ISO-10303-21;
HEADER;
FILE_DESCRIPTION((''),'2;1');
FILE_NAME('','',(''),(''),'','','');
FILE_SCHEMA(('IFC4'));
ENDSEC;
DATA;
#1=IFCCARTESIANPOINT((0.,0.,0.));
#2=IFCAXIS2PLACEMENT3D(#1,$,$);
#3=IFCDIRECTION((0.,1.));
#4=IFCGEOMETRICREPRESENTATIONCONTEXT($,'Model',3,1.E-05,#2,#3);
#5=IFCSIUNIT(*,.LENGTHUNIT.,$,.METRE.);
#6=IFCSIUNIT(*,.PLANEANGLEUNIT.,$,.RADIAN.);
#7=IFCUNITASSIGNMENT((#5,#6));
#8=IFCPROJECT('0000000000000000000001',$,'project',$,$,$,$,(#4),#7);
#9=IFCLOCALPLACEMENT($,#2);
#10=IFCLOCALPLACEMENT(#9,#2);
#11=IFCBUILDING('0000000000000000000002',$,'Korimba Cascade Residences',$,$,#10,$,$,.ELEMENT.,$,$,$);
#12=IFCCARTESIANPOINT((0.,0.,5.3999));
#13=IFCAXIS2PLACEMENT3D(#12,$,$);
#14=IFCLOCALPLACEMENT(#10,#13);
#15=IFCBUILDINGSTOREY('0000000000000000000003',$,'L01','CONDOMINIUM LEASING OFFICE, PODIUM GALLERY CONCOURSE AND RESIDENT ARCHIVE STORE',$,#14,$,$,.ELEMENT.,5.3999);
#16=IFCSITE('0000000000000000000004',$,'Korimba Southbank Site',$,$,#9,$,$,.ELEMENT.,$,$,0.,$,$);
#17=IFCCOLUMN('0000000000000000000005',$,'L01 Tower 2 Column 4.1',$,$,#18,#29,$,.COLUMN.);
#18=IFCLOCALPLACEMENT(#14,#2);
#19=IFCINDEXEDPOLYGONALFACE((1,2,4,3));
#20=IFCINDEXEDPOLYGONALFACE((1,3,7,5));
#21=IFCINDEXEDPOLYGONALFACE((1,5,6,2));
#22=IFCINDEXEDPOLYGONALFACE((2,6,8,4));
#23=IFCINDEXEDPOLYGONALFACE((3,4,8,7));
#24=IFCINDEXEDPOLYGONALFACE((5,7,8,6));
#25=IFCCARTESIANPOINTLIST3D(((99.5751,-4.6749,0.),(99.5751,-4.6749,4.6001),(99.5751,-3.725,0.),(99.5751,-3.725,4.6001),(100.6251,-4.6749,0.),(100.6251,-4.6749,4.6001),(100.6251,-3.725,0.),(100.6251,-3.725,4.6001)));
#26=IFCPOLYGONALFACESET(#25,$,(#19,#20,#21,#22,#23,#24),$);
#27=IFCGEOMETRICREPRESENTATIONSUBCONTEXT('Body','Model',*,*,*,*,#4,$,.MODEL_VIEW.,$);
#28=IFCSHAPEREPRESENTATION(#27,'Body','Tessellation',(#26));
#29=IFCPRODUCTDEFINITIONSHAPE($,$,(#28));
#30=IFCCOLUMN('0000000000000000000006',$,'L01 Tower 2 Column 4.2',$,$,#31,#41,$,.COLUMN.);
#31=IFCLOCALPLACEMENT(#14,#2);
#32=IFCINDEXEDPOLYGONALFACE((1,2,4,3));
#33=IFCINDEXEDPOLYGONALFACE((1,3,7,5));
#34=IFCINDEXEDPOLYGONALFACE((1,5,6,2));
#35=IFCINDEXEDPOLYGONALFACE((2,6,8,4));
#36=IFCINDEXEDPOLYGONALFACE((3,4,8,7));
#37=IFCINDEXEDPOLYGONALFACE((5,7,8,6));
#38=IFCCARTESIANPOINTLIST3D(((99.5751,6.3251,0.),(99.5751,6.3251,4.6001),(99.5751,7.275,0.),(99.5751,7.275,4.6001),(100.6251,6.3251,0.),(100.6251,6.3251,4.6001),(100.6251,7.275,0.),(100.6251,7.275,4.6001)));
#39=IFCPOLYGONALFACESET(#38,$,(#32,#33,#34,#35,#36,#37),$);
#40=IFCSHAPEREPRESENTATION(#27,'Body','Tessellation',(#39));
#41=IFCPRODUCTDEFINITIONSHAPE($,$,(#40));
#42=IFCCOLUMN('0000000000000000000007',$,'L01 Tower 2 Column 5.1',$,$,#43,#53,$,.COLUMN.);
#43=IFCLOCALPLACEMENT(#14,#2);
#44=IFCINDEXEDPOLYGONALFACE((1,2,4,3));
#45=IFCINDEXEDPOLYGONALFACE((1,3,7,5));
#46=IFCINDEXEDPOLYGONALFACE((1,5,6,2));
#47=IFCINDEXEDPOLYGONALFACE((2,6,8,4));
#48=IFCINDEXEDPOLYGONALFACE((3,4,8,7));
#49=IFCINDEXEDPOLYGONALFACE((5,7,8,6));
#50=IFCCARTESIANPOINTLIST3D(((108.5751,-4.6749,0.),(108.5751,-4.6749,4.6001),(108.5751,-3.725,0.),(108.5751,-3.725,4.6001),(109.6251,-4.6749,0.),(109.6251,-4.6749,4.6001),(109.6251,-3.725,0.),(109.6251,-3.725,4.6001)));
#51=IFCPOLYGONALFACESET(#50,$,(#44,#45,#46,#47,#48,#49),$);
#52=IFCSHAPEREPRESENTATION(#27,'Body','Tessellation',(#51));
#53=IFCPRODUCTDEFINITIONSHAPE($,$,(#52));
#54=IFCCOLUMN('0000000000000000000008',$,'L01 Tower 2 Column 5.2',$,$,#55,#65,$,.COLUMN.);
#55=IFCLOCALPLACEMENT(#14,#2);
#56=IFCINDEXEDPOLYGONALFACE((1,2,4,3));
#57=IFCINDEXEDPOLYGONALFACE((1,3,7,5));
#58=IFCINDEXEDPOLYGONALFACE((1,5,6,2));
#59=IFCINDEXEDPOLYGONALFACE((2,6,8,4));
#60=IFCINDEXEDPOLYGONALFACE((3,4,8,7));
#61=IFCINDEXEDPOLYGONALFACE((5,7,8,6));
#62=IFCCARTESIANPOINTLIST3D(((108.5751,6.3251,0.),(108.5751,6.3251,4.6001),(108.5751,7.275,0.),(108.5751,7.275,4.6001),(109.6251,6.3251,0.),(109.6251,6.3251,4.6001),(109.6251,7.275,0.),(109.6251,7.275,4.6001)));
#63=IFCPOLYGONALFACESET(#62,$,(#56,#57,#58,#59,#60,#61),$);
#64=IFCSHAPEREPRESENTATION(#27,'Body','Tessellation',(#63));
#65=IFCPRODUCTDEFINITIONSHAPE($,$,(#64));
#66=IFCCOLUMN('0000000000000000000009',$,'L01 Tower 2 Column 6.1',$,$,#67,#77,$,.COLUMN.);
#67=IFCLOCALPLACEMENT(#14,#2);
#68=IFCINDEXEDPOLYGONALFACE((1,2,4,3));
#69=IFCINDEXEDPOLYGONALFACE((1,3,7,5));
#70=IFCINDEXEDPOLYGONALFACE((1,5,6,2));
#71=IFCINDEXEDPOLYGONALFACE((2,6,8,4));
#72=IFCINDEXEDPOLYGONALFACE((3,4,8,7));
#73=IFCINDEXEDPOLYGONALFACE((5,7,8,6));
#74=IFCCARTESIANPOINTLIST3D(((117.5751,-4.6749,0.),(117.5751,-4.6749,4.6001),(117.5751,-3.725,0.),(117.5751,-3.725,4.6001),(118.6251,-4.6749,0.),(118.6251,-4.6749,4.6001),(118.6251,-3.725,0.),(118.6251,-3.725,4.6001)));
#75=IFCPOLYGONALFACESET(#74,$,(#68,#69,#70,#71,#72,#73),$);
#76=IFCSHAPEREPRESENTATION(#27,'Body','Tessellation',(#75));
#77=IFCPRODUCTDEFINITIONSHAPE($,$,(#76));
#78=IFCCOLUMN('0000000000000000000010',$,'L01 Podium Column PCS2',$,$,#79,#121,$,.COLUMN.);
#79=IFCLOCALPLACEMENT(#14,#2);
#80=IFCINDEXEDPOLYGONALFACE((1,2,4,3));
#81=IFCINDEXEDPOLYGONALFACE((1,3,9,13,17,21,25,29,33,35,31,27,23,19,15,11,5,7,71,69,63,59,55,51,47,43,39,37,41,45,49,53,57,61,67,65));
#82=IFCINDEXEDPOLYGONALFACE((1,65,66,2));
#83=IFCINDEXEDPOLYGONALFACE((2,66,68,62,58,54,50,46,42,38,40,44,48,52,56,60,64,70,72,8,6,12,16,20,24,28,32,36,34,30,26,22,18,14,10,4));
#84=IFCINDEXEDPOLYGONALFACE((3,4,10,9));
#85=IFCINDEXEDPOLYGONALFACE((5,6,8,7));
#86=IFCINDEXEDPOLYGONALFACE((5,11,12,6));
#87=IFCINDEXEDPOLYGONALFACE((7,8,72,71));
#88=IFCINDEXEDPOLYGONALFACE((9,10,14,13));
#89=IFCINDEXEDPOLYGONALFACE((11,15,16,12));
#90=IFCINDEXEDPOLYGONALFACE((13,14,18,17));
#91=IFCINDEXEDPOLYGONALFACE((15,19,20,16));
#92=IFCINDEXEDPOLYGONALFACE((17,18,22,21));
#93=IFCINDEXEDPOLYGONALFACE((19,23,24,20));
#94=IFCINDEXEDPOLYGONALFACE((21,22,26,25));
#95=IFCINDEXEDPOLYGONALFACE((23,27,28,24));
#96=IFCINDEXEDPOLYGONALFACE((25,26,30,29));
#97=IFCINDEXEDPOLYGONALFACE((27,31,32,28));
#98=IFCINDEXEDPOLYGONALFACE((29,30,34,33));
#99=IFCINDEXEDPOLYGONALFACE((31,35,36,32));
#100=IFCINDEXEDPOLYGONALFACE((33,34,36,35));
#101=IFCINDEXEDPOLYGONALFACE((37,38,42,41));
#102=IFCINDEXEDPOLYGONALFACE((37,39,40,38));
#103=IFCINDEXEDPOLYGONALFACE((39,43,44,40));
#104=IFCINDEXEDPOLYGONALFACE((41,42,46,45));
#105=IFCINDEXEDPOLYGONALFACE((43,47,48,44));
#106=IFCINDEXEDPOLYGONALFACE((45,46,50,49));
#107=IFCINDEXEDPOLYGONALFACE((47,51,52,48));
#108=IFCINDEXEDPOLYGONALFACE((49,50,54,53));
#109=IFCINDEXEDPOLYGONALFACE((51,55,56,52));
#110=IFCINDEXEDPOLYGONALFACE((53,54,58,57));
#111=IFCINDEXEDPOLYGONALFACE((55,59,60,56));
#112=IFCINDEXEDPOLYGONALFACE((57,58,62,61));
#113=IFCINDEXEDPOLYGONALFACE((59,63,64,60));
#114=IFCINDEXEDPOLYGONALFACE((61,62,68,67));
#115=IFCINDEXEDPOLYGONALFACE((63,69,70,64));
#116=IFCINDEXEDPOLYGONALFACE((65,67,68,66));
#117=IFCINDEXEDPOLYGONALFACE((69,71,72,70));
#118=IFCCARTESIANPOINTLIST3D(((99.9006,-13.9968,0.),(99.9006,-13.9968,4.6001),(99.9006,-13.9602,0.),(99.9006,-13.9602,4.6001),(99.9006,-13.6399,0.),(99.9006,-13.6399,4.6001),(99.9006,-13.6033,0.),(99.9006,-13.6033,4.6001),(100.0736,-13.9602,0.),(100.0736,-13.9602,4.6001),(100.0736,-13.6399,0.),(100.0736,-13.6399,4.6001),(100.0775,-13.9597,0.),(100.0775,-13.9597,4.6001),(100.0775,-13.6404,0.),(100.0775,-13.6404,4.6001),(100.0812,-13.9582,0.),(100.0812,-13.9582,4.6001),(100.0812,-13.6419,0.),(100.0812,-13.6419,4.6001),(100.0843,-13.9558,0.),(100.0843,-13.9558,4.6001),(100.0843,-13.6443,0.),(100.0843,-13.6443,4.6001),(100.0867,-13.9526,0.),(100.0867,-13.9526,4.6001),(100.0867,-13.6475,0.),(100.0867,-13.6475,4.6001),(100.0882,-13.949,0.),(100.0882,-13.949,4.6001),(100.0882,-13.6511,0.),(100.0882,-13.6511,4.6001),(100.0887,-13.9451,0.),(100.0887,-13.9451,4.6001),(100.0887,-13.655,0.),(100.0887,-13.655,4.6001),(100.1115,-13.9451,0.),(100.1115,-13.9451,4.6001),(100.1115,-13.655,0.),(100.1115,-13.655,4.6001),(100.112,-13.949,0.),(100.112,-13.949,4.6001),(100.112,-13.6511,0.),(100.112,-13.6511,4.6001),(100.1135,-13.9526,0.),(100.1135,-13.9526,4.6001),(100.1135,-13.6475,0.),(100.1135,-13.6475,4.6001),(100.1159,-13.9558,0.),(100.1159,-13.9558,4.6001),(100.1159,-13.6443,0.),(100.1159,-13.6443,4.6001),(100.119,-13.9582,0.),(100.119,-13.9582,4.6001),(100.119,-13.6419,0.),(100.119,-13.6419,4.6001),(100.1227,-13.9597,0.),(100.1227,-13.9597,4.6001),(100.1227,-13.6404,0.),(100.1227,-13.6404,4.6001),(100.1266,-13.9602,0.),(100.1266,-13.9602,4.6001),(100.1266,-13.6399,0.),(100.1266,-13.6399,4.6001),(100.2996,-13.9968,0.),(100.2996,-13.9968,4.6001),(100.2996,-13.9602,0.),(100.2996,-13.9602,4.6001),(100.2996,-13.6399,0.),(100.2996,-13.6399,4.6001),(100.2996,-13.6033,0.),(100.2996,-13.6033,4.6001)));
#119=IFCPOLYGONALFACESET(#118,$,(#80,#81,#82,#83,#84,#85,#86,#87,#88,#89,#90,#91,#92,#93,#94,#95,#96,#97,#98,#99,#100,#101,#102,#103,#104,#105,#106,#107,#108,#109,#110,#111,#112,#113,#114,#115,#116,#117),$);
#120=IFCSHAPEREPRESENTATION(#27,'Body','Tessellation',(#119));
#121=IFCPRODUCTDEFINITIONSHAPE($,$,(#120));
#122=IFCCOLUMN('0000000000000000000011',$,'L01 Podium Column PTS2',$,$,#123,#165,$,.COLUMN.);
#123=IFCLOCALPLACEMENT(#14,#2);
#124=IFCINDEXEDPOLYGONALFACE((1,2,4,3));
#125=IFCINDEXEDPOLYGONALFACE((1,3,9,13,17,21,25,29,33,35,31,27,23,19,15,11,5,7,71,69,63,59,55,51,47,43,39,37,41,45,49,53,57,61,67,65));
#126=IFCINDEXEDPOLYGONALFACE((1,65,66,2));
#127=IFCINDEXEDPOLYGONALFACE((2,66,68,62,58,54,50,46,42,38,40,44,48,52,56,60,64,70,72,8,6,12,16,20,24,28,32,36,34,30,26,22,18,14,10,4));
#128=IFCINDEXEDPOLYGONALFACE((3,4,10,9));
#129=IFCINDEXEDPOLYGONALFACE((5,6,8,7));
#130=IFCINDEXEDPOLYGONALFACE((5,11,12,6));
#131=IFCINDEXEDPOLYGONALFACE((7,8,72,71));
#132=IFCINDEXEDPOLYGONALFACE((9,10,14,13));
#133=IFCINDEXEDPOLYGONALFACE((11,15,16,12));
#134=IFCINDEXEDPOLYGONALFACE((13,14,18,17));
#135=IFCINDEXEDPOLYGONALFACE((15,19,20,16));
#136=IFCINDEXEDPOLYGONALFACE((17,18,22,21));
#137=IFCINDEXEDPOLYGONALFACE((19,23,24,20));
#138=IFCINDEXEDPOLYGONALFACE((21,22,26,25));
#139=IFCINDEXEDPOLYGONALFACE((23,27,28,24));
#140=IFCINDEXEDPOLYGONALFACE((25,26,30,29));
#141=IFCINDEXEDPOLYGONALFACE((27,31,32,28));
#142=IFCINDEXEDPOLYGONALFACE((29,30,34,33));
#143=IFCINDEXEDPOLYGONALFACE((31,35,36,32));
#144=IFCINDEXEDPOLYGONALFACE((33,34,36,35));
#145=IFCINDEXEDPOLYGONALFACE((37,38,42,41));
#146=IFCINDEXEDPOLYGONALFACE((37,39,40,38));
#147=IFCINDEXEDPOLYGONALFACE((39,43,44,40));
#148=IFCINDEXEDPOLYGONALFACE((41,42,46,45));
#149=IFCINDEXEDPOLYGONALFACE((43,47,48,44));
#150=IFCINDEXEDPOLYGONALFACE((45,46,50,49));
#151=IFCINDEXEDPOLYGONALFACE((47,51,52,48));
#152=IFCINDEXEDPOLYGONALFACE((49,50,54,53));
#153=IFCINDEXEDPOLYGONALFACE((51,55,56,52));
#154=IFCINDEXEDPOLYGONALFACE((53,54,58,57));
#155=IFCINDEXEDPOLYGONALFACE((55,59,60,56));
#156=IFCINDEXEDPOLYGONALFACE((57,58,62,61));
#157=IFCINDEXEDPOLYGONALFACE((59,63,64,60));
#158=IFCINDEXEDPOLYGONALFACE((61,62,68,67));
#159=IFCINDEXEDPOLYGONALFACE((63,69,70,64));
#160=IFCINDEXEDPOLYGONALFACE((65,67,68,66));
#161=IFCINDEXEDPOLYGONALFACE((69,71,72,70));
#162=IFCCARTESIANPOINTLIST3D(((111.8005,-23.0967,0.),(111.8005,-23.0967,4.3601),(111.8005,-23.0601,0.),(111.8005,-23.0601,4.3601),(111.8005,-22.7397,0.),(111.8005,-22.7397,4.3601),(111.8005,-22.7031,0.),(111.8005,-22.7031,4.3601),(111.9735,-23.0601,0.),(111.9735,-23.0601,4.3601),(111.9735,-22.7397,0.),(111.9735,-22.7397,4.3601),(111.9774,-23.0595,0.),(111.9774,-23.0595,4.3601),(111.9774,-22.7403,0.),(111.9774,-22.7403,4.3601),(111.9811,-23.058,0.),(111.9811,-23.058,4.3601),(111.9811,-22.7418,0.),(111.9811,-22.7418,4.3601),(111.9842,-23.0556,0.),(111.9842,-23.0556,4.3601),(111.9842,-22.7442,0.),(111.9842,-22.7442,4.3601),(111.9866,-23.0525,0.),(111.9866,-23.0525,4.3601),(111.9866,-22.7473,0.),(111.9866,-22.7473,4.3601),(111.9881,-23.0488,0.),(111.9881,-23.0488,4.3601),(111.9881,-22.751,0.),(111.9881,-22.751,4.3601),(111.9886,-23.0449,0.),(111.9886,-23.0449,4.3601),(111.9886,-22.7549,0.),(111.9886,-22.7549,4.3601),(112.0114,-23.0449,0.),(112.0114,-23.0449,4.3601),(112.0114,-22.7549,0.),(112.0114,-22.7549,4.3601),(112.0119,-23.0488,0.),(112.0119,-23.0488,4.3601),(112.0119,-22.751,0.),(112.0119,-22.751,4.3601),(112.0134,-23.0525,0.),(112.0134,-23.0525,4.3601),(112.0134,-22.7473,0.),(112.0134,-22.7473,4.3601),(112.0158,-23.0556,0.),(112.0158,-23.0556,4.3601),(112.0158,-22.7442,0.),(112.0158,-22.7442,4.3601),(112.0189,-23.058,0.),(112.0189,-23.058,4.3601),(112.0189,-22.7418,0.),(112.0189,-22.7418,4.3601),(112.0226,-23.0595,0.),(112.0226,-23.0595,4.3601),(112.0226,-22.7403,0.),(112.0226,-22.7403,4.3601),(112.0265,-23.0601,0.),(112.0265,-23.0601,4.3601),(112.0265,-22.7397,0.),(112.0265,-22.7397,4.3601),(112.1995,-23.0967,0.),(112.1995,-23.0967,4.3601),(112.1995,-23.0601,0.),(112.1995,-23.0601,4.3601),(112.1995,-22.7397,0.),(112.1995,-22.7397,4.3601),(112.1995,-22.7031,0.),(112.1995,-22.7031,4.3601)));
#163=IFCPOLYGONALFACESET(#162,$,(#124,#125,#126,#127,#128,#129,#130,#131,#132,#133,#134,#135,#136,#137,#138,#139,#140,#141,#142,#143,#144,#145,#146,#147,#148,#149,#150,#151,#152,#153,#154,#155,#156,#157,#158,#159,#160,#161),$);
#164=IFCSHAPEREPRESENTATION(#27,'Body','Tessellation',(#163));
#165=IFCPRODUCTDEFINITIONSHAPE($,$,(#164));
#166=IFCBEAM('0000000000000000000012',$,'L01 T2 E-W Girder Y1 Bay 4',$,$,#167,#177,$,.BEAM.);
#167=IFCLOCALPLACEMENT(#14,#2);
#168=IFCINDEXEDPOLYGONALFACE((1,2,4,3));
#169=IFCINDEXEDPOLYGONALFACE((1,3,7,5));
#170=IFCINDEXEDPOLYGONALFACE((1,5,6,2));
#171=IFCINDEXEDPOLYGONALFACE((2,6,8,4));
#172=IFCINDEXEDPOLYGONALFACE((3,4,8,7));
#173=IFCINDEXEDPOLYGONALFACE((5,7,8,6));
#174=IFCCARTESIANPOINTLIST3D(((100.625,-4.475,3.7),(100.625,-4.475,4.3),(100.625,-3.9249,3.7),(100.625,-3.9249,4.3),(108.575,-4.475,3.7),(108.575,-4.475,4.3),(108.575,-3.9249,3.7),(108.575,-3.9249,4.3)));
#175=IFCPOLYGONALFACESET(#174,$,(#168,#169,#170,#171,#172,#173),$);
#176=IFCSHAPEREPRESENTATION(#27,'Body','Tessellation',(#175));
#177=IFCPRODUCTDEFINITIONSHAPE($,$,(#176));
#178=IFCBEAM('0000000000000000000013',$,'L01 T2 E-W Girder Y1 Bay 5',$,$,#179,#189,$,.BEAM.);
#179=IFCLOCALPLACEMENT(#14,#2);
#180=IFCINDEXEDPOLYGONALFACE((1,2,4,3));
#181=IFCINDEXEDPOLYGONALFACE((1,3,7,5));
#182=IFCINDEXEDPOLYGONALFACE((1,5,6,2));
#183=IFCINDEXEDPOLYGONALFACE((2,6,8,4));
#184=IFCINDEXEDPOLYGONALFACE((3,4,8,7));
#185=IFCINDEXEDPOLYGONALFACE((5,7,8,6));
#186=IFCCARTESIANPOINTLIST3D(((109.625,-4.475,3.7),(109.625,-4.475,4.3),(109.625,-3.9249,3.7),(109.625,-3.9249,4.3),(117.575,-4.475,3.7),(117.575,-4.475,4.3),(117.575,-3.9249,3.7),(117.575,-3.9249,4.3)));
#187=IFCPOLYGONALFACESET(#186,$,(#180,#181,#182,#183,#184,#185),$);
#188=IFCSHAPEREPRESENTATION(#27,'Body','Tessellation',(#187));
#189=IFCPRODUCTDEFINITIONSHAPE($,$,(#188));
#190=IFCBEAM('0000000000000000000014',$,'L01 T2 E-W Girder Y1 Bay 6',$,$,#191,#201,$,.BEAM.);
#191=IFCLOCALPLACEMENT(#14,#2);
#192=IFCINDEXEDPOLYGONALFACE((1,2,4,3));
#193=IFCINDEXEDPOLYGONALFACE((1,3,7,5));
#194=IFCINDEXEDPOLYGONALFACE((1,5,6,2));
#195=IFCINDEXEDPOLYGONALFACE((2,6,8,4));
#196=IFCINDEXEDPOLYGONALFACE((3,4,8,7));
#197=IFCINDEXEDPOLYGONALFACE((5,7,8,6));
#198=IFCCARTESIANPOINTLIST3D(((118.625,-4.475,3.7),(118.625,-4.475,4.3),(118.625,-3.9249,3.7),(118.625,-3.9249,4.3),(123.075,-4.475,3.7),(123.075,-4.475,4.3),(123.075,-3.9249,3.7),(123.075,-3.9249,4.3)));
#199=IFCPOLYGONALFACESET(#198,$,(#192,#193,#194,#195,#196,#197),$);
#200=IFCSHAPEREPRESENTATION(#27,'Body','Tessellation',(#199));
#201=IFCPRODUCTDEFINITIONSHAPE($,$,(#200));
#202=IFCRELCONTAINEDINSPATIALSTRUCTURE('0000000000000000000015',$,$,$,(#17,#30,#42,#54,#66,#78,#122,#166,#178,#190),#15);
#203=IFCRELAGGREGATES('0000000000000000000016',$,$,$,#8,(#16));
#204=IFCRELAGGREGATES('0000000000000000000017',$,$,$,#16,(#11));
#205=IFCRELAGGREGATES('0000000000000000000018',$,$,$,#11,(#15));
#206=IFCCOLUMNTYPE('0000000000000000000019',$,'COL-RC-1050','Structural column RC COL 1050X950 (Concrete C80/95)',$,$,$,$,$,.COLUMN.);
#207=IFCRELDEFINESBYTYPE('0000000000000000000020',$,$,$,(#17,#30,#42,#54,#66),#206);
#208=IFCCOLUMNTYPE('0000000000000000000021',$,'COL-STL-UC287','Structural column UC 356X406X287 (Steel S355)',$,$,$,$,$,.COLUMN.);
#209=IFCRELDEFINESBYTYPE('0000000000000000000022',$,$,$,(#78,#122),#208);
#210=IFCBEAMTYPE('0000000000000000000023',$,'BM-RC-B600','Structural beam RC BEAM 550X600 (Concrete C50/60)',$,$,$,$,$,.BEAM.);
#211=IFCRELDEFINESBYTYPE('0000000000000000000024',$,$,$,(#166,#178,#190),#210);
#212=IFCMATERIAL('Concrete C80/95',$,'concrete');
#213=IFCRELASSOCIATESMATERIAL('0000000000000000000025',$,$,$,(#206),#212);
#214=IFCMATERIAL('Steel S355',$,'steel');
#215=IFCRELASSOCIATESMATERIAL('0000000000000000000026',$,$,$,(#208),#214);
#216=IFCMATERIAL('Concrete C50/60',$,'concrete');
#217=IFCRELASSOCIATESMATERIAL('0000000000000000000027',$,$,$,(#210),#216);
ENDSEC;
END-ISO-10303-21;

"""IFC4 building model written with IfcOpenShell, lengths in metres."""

from ifc_helpers import new_model, si_unit, direction, frame, origin, origin_2d, place, context, subcontext, project, spatial, rectangle, i_section, extrude, material, material_profile, profile_set, type_object, element, save


model = new_model("IFC4")

# Units and contexts
model_context = context("Model", 3, precision=1e-05, world=origin(), true_north=direction((0.0, 1.0)))
body_context = subcontext(model_context, "Body", "Model", "MODEL_VIEW")
ifc_project = project(units=[si_unit("LENGTHUNIT", "METRE"), si_unit("PLANEANGLEUNIT", "RADIAN")], contexts=[model_context])

# Site, building, storey
site_placement = place(None, origin())
site = spatial("IfcSite", under=ifc_project, at=site_placement, Name="Korimba Southbank Site", CompositionType="ELEMENT", RefElevation=0.0)
building_placement = place(site_placement, origin())
building = spatial("IfcBuilding", under=site, at=building_placement, Name="Korimba Cascade Residences", CompositionType="ELEMENT")
storey_placement = place(building_placement, frame((0.0, 0.0, 5.3999)))
storey = spatial("IfcBuildingStorey", under=building, at=storey_placement, Name="L01", Description="CONDOMINIUM LEASING OFFICE, PODIUM GALLERY CONCOURSE AND RESIDENT ARCHIVE STORE", CompositionType="ELEMENT", Elevation=5.3999)

# Columns
ifc_material_1 = material(Name="Concrete C80/95", Category="concrete")
ifc_material_profile_1 = material_profile(ifc_material_1, rectangle(XDim=1.05, YDim=0.95, at=origin_2d()), Name="Concrete C80/95")
ifc_profile_set_1 = profile_set([ifc_material_profile_1], Name="Concrete C80/95")
column_type_1 = type_object("IfcColumnType", Name="COL-RC-1050", Description="Structural column RC COL 1050X950 (Concrete C80/95)", PredefinedType="COLUMN", material=ifc_profile_set_1)
for number, where, z_axis, x_axis, name in (
    (1, (100.1001, -4.2, 0.0), (0.0, 0.0, 1.0), (1.0, 0.0, 0.0), "L01 Tower 2 Column 4.1"),
    (2, (100.1001, 6.8, 0.0), (0.0, 0.0, 1.0), (1.0, 0.0, 0.0), "L01 Tower 2 Column 4.2"),
    (3, (109.1001, -4.2, 0.0), (0.0, 0.0, 1.0), (1.0, 0.0, 0.0), "L01 Tower 2 Column 5.1"),
    (4, (109.1001, 6.8, 0.0), (0.0, 0.0, 1.0), (1.0, 0.0, 0.0), "L01 Tower 2 Column 5.2"),
    (5, (118.1001, -4.2, 0.0), (0.0, 0.0, 1.0), (1.0, 0.0, 0.0), "L01 Tower 2 Column 6.1"),
):
    element("IfcColumn", number, at=place(storey_placement, frame(where, z_axis=z_axis, x_axis=x_axis)), inside=storey, type_object=column_type_1, Name=name, PredefinedType="COLUMN", context=body_context, shape_type="SweptSolid", body=[
        extrude(rectangle(XDim=1.05, YDim=0.95, at=origin_2d()), origin(), (0.0, 0.0, 1.0), 4.6001),
    ])
ifc_material_2 = material(Name="Steel S355", Category="steel")
ifc_material_profile_2 = material_profile(ifc_material_2, i_section(OverallWidth=0.3989, OverallDepth=0.3936, WebThickness=0.0227, FlangeThickness=0.0366, FilletRadius=0.0151, at=origin_2d()), Name="Steel S355")
ifc_profile_set_2 = profile_set([ifc_material_profile_2], Name="Steel S355")
column_type_2 = type_object("IfcColumnType", Name="COL-STL-UC287", Description="Structural column UC 356X406X287 (Steel S355)", PredefinedType="COLUMN", material=ifc_profile_set_2)
column_1_placement = place(storey_placement, frame((100.1001, -13.8, 0.0), z_axis=(0.0, 0.0, 1.0), x_axis=(1.0, 0.0, 0.0)))
element("IfcColumn", 6, at=column_1_placement, inside=storey, type_object=column_type_2, Name="L01 Podium Column PCS2", PredefinedType="COLUMN", context=body_context, shape_type="SweptSolid", body=[
    extrude(i_section(OverallWidth=0.3989, OverallDepth=0.3936, WebThickness=0.0227, FlangeThickness=0.0366, FilletRadius=0.0151, at=origin_2d()), origin(), (0.0, 0.0, 1.0), 4.6001),
])
column_2_placement = place(storey_placement, frame((112.0, -22.8999, 0.0), z_axis=(0.0, 0.0, 1.0), x_axis=(1.0, 0.0, 0.0)))
element("IfcColumn", 7, at=column_2_placement, inside=storey, type_object=column_type_2, Name="L01 Podium Column PTS2", PredefinedType="COLUMN", context=body_context, shape_type="SweptSolid", body=[
    extrude(i_section(OverallWidth=0.3989, OverallDepth=0.3936, WebThickness=0.0227, FlangeThickness=0.0366, FilletRadius=0.0151, at=origin_2d()), origin(), (0.0, 0.0, 1.0), 4.3601),
])

# Beams
ifc_material_3 = material(Name="Concrete C50/60", Category="concrete")
ifc_material_profile_3 = material_profile(ifc_material_3, rectangle(XDim=0.55, YDim=0.6001, at=origin_2d()), Name="Concrete C50/60")
ifc_profile_set_3 = profile_set([ifc_material_profile_3], Name="Concrete C50/60")
beam_type_1 = type_object("IfcBeamType", Name="BM-RC-B600", Description="Structural beam RC BEAM 550X600 (Concrete C50/60)", PredefinedType="BEAM", material=ifc_profile_set_3)
for number, where, z_axis, x_axis, name in (
    (8, (100.625, -4.2, 4.0), (1.0, 0.0, 0.0), (0.0, 1.0, 0.0), "L01 T2 E-W Girder Y1 Bay 4"),
    (9, (109.625, -4.2, 4.0), (1.0, 0.0, 0.0), (0.0, 1.0, 0.0), "L01 T2 E-W Girder Y1 Bay 5"),
):
    element("IfcBeam", number, at=place(storey_placement, frame(where, z_axis=z_axis, x_axis=x_axis)), inside=storey, type_object=beam_type_1, Name=name, PredefinedType="BEAM", context=body_context, shape_type="SweptSolid", body=[
        extrude(rectangle(XDim=0.55, YDim=0.6001, at=origin_2d()), origin(), (0.0, 0.0, 1.0), 7.95),
    ])
beam_1_placement = place(storey_placement, frame((118.625, -4.2, 4.0), z_axis=(1.0, 0.0, 0.0), x_axis=(0.0, 1.0, 0.0)))
element("IfcBeam", 10, at=beam_1_placement, inside=storey, type_object=beam_type_1, Name="L01 T2 E-W Girder Y1 Bay 6", PredefinedType="BEAM", context=body_context, shape_type="SweptSolid", body=[
    extrude(rectangle(XDim=0.55, YDim=0.6001, at=origin_2d()), origin(), (0.0, 0.0, 1.0), 4.45),
])

save(model, "model.ifc")
